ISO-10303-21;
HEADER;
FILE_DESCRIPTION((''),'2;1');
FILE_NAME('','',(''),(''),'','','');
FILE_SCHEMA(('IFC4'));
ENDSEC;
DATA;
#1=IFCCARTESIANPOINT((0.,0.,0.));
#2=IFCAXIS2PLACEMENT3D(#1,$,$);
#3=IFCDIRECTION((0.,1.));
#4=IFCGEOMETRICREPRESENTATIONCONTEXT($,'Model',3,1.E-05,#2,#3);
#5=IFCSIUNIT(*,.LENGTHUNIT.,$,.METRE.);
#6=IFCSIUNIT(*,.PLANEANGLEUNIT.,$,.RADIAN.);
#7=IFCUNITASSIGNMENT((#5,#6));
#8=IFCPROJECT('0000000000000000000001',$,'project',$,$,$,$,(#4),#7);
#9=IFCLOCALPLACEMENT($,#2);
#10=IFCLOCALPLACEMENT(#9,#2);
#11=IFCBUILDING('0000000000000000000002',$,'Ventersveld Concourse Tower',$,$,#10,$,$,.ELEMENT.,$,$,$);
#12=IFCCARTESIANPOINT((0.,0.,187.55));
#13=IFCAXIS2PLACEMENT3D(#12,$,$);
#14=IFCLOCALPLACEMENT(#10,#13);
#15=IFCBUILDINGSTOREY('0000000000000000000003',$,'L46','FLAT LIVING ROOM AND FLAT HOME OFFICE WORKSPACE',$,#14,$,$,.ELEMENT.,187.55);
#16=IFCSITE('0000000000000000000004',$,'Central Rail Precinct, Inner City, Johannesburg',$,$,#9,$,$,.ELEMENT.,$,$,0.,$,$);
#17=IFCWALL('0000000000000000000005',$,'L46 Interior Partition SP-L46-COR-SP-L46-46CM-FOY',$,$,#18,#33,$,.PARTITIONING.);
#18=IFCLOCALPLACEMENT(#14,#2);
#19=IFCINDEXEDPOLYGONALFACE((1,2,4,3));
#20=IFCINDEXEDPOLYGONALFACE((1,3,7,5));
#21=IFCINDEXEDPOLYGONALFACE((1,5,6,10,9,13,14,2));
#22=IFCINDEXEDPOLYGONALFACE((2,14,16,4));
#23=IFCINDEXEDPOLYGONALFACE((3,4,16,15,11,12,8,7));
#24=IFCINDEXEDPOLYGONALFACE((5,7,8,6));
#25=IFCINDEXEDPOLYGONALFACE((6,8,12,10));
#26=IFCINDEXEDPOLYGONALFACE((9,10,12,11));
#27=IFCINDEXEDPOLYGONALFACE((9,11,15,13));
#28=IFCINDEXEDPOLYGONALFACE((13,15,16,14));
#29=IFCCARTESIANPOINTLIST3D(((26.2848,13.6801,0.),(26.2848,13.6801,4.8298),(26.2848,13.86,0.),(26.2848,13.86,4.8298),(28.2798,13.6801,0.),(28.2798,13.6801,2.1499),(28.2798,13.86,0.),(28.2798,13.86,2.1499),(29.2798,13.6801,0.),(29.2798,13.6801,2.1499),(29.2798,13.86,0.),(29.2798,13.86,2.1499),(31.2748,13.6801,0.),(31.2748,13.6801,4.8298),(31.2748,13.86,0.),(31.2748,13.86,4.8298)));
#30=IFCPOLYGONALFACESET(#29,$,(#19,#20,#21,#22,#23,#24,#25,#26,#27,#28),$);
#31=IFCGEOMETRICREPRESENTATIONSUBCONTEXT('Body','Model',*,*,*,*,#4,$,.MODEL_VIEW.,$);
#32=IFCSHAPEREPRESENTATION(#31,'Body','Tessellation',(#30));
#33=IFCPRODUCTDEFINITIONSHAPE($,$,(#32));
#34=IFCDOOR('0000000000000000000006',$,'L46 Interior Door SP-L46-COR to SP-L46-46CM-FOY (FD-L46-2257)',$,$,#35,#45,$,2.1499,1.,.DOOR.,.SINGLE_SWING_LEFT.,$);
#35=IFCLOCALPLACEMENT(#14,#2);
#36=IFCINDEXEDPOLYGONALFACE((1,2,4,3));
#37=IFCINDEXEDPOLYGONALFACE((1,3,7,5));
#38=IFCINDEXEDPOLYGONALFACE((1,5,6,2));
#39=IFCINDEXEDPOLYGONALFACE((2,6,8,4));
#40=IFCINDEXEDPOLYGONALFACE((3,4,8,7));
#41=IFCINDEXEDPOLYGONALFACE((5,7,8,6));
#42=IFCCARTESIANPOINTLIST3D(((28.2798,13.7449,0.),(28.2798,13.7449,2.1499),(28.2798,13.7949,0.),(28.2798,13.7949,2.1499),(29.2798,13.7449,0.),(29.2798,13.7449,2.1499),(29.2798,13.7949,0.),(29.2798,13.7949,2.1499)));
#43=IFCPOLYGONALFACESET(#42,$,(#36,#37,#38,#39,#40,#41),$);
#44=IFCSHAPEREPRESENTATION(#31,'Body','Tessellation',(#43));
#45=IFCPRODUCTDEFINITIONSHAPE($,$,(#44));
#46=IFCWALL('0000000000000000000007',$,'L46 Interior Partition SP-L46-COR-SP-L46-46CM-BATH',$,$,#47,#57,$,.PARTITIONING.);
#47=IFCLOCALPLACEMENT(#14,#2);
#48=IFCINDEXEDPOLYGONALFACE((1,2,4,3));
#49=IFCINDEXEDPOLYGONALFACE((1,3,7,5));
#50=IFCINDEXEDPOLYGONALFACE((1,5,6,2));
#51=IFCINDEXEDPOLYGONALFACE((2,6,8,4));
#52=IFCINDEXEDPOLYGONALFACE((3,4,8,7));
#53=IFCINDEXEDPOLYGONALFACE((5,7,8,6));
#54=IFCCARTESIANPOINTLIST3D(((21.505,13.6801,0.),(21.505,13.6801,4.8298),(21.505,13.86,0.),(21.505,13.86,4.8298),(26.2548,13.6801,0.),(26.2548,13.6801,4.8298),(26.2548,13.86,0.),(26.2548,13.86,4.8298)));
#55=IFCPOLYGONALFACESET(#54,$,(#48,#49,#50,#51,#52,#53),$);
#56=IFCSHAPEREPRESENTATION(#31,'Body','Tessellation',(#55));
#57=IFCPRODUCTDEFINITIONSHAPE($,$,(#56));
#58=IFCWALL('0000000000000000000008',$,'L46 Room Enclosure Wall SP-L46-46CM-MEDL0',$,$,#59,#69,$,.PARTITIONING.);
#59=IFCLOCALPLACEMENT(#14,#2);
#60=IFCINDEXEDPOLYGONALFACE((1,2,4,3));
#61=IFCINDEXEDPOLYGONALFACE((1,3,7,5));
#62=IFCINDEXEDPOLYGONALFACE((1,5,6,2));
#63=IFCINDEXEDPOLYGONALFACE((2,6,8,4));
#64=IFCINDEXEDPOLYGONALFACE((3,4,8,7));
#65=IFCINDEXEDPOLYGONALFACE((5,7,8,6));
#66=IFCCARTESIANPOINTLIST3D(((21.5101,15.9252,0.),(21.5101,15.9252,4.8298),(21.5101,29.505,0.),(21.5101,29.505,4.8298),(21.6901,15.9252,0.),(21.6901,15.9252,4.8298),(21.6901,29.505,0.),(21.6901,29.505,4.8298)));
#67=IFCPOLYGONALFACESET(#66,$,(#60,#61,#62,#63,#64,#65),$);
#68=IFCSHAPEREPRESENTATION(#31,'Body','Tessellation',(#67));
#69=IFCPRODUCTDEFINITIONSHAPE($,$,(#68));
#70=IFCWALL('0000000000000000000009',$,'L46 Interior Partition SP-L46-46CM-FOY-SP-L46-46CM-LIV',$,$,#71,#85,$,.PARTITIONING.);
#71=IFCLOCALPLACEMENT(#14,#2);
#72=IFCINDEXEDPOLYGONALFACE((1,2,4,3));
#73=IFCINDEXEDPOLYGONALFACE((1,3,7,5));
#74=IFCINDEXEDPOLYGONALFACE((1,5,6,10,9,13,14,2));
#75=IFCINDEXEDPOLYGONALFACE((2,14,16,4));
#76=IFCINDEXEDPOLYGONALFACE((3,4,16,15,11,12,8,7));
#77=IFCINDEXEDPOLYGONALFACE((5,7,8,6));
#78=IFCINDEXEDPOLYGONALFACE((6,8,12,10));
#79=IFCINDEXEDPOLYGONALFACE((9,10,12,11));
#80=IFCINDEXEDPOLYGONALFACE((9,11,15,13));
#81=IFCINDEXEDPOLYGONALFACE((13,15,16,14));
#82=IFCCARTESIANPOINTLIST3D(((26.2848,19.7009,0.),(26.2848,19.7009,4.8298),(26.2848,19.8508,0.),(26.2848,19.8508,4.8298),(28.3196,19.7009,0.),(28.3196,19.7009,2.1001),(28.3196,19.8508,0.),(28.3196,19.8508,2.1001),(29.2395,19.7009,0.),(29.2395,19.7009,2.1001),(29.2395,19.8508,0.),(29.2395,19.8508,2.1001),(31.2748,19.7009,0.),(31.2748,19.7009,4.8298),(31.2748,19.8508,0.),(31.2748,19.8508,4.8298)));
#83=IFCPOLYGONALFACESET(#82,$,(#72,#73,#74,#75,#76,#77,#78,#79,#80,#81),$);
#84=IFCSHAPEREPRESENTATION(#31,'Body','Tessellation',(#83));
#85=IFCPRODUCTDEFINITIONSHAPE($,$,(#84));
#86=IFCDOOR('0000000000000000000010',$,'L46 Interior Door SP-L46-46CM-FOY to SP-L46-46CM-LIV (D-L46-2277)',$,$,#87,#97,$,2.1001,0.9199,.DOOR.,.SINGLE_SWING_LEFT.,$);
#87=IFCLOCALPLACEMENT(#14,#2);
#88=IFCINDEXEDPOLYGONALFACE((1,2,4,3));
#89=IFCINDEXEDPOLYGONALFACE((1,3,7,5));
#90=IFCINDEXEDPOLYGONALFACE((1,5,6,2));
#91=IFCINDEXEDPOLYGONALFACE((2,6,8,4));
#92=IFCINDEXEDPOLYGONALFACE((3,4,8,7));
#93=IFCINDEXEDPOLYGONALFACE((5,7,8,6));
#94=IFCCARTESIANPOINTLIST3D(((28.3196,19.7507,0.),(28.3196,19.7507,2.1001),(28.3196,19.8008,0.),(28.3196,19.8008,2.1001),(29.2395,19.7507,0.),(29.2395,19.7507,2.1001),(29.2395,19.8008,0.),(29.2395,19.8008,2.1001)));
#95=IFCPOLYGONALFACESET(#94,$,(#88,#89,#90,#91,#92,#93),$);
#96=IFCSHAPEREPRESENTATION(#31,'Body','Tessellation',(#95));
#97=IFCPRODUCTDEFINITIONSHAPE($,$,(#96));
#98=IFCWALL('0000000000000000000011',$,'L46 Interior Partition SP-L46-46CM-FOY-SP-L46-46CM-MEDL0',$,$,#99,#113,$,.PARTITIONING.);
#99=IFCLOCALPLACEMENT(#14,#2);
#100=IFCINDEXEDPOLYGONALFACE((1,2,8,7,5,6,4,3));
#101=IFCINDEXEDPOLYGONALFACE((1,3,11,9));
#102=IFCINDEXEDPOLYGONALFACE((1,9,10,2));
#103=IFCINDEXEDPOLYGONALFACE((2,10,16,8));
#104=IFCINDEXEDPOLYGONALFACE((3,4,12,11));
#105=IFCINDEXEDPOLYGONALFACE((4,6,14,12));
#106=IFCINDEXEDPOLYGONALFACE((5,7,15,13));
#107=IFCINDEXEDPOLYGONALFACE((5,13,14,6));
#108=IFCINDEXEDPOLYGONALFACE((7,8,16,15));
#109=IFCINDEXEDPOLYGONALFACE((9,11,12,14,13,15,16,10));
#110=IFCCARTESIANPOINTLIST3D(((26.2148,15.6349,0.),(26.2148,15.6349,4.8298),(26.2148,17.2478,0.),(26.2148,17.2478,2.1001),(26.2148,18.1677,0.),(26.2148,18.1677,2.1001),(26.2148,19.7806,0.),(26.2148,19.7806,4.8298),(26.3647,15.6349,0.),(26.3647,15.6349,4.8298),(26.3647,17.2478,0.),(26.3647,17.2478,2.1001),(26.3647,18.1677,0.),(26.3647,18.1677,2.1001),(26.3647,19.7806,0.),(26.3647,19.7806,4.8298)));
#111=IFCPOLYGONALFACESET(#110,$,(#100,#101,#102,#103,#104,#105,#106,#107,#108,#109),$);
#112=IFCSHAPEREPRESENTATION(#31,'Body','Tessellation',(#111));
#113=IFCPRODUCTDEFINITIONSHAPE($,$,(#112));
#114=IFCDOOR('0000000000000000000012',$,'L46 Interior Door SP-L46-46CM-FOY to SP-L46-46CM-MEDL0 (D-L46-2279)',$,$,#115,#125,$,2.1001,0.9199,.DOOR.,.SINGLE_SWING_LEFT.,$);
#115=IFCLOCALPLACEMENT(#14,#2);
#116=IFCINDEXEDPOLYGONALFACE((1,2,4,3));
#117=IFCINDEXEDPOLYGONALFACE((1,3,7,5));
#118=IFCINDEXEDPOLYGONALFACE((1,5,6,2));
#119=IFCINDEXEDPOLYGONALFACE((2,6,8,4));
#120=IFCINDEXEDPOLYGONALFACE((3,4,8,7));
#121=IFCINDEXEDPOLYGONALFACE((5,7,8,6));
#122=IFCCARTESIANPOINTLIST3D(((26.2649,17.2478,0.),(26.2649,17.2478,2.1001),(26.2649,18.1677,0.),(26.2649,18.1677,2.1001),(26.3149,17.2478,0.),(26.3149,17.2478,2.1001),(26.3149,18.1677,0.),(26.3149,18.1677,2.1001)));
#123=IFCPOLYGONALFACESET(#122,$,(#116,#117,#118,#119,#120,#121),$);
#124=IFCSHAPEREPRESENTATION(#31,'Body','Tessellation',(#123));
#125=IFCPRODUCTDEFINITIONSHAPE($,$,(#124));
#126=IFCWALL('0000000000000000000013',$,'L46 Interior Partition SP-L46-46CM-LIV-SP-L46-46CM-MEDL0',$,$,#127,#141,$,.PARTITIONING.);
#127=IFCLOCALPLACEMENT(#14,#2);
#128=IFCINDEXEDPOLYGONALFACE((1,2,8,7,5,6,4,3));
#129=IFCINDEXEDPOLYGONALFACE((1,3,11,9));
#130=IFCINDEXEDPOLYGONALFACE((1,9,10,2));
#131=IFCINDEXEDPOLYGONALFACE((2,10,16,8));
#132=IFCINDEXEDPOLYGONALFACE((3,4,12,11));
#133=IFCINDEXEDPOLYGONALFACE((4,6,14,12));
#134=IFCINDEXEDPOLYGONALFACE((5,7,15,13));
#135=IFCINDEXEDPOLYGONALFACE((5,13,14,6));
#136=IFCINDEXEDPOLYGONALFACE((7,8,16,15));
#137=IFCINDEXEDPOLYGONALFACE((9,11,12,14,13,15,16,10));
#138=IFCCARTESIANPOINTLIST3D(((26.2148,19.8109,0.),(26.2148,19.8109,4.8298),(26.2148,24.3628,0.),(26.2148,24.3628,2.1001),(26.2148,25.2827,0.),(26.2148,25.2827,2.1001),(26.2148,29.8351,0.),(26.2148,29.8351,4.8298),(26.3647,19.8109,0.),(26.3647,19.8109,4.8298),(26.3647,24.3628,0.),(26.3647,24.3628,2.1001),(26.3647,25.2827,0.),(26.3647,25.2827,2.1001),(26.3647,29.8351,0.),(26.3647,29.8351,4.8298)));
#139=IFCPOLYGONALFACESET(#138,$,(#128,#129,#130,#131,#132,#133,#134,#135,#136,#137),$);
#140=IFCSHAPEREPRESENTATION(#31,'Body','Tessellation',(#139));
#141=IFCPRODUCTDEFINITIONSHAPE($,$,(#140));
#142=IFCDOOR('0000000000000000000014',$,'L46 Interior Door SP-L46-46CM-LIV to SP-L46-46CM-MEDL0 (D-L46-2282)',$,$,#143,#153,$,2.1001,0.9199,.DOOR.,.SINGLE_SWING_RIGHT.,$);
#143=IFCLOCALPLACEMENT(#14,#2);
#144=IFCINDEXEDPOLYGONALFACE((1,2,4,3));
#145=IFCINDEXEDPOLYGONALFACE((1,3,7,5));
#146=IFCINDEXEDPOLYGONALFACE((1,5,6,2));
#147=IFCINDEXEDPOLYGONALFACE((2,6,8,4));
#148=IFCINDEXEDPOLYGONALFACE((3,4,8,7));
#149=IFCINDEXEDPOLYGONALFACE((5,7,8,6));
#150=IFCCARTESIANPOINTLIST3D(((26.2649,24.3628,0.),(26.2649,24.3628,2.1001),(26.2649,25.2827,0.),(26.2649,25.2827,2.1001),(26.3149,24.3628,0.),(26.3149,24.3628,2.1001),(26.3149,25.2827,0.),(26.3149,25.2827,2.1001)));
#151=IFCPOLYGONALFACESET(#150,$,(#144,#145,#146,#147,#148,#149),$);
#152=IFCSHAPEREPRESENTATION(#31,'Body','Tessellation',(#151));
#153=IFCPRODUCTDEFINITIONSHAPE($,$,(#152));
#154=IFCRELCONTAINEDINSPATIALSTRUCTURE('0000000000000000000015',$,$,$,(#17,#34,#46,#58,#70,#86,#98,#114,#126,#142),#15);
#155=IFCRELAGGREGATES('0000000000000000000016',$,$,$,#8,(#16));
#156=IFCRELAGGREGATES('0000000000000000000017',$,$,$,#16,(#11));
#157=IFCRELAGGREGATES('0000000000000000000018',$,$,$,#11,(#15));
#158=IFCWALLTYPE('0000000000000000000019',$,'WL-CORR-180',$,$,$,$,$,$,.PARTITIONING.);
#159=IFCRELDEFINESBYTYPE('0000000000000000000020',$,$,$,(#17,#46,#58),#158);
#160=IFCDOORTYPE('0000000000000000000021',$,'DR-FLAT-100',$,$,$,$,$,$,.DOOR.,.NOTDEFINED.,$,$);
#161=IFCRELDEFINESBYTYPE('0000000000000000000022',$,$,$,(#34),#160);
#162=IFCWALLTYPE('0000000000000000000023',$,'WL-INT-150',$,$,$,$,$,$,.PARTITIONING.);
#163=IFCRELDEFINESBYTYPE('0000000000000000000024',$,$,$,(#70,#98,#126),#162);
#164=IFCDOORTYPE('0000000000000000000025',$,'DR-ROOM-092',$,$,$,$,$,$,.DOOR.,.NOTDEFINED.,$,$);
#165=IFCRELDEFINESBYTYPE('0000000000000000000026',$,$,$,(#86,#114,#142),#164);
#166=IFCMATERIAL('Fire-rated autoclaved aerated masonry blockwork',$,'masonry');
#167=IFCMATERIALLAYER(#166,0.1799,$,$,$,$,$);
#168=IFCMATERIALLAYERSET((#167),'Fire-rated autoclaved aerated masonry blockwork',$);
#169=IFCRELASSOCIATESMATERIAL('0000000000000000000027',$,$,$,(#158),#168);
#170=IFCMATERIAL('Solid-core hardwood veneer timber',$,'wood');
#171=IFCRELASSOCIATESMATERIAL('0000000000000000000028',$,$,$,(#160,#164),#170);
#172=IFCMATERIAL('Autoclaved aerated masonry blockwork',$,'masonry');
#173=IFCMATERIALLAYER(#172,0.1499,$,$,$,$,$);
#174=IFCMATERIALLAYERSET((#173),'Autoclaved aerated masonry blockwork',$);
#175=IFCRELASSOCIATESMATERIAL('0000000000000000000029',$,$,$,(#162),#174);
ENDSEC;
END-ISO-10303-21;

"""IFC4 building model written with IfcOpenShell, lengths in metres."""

from ifc_helpers import new_model, si_unit, direction, frame, frame_2d, origin, place, context, subcontext, project, spatial, rectangle, extrude, material, layer, layer_set, type_object, element, fill, save


model = new_model("IFC4")

# Units and contexts
model_context = context("Model", 3, precision=1e-05, world=origin(), true_north=direction((0.0, 1.0)))
body_context = subcontext(model_context, "Body", "Model", "MODEL_VIEW")
ifc_project = project(units=[si_unit("LENGTHUNIT", "METRE"), si_unit("PLANEANGLEUNIT", "RADIAN")], contexts=[model_context])

# Site, building, storey
site_placement = place(None, origin())
site = spatial("IfcSite", under=ifc_project, at=site_placement, Name="Central Rail Precinct, Inner City, Johannesburg", CompositionType="ELEMENT", RefElevation=0.0)
building_placement = place(site_placement, origin())
building = spatial("IfcBuilding", under=site, at=building_placement, Name="Ventersveld Concourse Tower", CompositionType="ELEMENT")
storey_placement = place(building_placement, frame((0.0, 0.0, 187.55)))
storey = spatial("IfcBuildingStorey", under=building, at=storey_placement, Name="L46", Description="FLAT LIVING ROOM AND FLAT HOME OFFICE WORKSPACE", CompositionType="ELEMENT", Elevation=187.55)

# Shared definitions
ifc_material_1 = material(Name="Fire-rated autoclaved aerated masonry blockwork", Category="masonry")
ifc_layer_1 = layer(ifc_material_1, 0.1799)
ifc_layer_set_1 = layer_set([ifc_layer_1], Name="Fire-rated autoclaved aerated masonry blockwork")
wall_type_1 = type_object("IfcWallType", Name="WL-CORR-180", PredefinedType="PARTITIONING", material=ifc_layer_set_1)

# Wall, opening, door
wall_1_placement = place(storey_placement, frame((26.2847, 13.77, 0.0), z_axis=(0.0, 0.0, 1.0), x_axis=(1.0, 0.0, 0.0)))
wall_1 = element("IfcWall", 1, at=wall_1_placement, inside=storey, type_object=wall_type_1, Name="L46 Interior Partition SP-L46-COR-SP-L46-46CM-FOY", PredefinedType="PARTITIONING", context=body_context, shape_type="SweptSolid", body=[
    extrude(rectangle(XDim=4.99, YDim=0.1799, at=frame_2d((2.4951, 0.0))), origin(), (0.0, 0.0, 1.0), 4.8298),
])
opening_1_placement = place(wall_1_placement, frame((1.9951, 0.0, 0.0)))
opening_1 = element("IfcOpeningElement", 2, at=opening_1_placement, cuts=wall_1, PredefinedType="OPENING", context=body_context, shape_type="SweptSolid", body=[
    extrude(rectangle(XDim=1.0, YDim=2.1499, at=frame_2d((0.5, 1.075))), frame((0.0, 0.1001, 0.0), z_axis=(0.0, -1.0, 0.0), x_axis=(1.0, 0.0, 0.0)), (0.0, 0.0, 1.0), 0.2),
])
ifc_material_2 = material(Name="Solid-core hardwood veneer timber", Category="wood")
door_type_1 = type_object("IfcDoorType", Name="DR-FLAT-100", OperationType="NOTDEFINED", PredefinedType="DOOR", material=ifc_material_2)
door_1_placement = place(opening_1_placement, origin())
door_1 = element("IfcDoor", 3, at=door_1_placement, inside=storey, type_object=door_type_1, Name="L46 Interior Door SP-L46-COR to SP-L46-46CM-FOY (FD-L46-2257)", OperationType="SINGLE_SWING_LEFT", OverallHeight=2.1499, OverallWidth=1.0, PredefinedType="DOOR", context=body_context, shape_type="SweptSolid", body=[
    extrude(rectangle(XDim=1.0, YDim=2.1499, at=frame_2d((0.5, 1.075))), frame((0.0, 0.0249, 0.0), z_axis=(0.0, -1.0, 0.0), x_axis=(1.0, 0.0, 0.0)), (0.0, 0.0, 1.0), 0.05),
])
fill(opening_1, door_1)

# Walls
wall_2_placement = place(storey_placement, frame((21.5049, 13.77, 0.0), z_axis=(0.0, 0.0, 1.0), x_axis=(1.0, 0.0, 0.0)))
element("IfcWall", 4, at=wall_2_placement, inside=storey, type_object=wall_type_1, Name="L46 Interior Partition SP-L46-COR-SP-L46-46CM-BATH", PredefinedType="PARTITIONING", context=body_context, shape_type="SweptSolid", body=[
    extrude(rectangle(XDim=4.7498, YDim=0.1799, at=frame_2d((2.375, 0.0))), origin(), (0.0, 0.0, 1.0), 4.8298),
])
wall_3_placement = place(storey_placement, frame((21.6001, 15.925, 0.0), z_axis=(0.0, 0.0, 1.0), x_axis=(0.0, 1.0, 0.0)))
element("IfcWall", 5, at=wall_3_placement, inside=storey, type_object=wall_type_1, Name="L46 Room Enclosure Wall SP-L46-46CM-MEDL0", PredefinedType="PARTITIONING", context=body_context, shape_type="SweptSolid", body=[
    extrude(rectangle(XDim=13.5798, YDim=0.1799, at=frame_2d((6.79, 0.0))), origin(), (0.0, 0.0, 1.0), 4.8298),
])

# Walls, openings, doors
ifc_material_3 = material(Name="Autoclaved aerated masonry blockwork", Category="masonry")
ifc_layer_2 = layer(ifc_material_3, 0.1499)
ifc_layer_set_2 = layer_set([ifc_layer_2], Name="Autoclaved aerated masonry blockwork")
wall_type_2 = type_object("IfcWallType", Name="WL-INT-150", PredefinedType="PARTITIONING", material=ifc_layer_set_2)
wall_4_placement = place(storey_placement, frame((26.2847, 19.7759, 0.0), z_axis=(0.0, 0.0, 1.0), x_axis=(1.0, 0.0, 0.0)))
wall_4 = element("IfcWall", 6, at=wall_4_placement, inside=storey, type_object=wall_type_2, Name="L46 Interior Partition SP-L46-46CM-FOY-SP-L46-46CM-LIV", PredefinedType="PARTITIONING", context=body_context, shape_type="SweptSolid", body=[
    extrude(rectangle(XDim=4.99, YDim=0.1499, at=frame_2d((2.4951, 0.0))), origin(), (0.0, 0.0, 1.0), 4.8298),
])
opening_2_placement = place(wall_4_placement, frame((2.0349, 0.0, 0.0)))
opening_2 = element("IfcOpeningElement", 7, at=opening_2_placement, cuts=wall_4, PredefinedType="OPENING", context=body_context, shape_type="SweptSolid", body=[
    extrude(rectangle(XDim=0.9199, YDim=2.1001, at=frame_2d((0.46, 1.05))), frame((0.0, 0.085, 0.0), z_axis=(0.0, -1.0, 0.0), x_axis=(1.0, 0.0, 0.0)), (0.0, 0.0, 1.0), 0.1699),
])
door_type_2 = type_object("IfcDoorType", Name="DR-ROOM-092", OperationType="NOTDEFINED", PredefinedType="DOOR", material=ifc_material_2)
door_2_placement = place(opening_2_placement, origin())
door_2 = element("IfcDoor", 8, at=door_2_placement, inside=storey, type_object=door_type_2, Name="L46 Interior Door SP-L46-46CM-FOY to SP-L46-46CM-LIV (D-L46-2277)", OperationType="SINGLE_SWING_LEFT", OverallHeight=2.1001, OverallWidth=0.9199, PredefinedType="DOOR", context=body_context, shape_type="SweptSolid", body=[
    extrude(rectangle(XDim=0.9199, YDim=2.1001, at=frame_2d((0.46, 1.05))), frame((0.0, 0.0249, 0.0), z_axis=(0.0, -1.0, 0.0), x_axis=(1.0, 0.0, 0.0)), (0.0, 0.0, 1.0), 0.05),
])
fill(opening_2, door_2)
wall_5_placement = place(storey_placement, frame((26.2898, 15.635, 0.0), z_axis=(0.0, 0.0, 1.0), x_axis=(0.0, 1.0, 0.0)))
wall_5 = element("IfcWall", 9, at=wall_5_placement, inside=storey, type_object=wall_type_2, Name="L46 Interior Partition SP-L46-46CM-FOY-SP-L46-46CM-MEDL0", PredefinedType="PARTITIONING", context=body_context, shape_type="SweptSolid", body=[
    extrude(rectangle(XDim=4.1458, YDim=0.1499, at=frame_2d((2.0728, 0.0))), origin(), (0.0, 0.0, 1.0), 4.8298),
])
opening_3_placement = place(wall_5_placement, frame((1.6128, 0.0, 0.0)))
opening_3 = element("IfcOpeningElement", 10, at=opening_3_placement, cuts=wall_5, PredefinedType="OPENING", context=body_context, shape_type="SweptSolid", body=[
    extrude(rectangle(XDim=0.9199, YDim=2.1001, at=frame_2d((0.46, 1.05))), frame((0.0, 0.085, 0.0), z_axis=(0.0, -1.0, 0.0), x_axis=(1.0, 0.0, 0.0)), (0.0, 0.0, 1.0), 0.1699),
])
door_3_placement = place(opening_3_placement, origin())
door_3 = element("IfcDoor", 11, at=door_3_placement, inside=storey, type_object=door_type_2, Name="L46 Interior Door SP-L46-46CM-FOY to SP-L46-46CM-MEDL0 (D-L46-2279)", OperationType="SINGLE_SWING_LEFT", OverallHeight=2.1001, OverallWidth=0.9199, PredefinedType="DOOR", context=body_context, shape_type="SweptSolid", body=[
    extrude(rectangle(XDim=0.9199, YDim=2.1001, at=frame_2d((0.46, 1.05))), frame((0.0, 0.0249, 0.0), z_axis=(0.0, -1.0, 0.0), x_axis=(1.0, 0.0, 0.0)), (0.0, 0.0, 1.0), 0.05),
])
fill(opening_3, door_3)
wall_6_placement = place(storey_placement, frame((26.2898, 19.8108, 0.0), z_axis=(0.0, 0.0, 1.0), x_axis=(0.0, 1.0, 0.0)))
wall_6 = element("IfcWall", 12, at=wall_6_placement, inside=storey, type_object=wall_type_2, Name="L46 Interior Partition SP-L46-46CM-LIV-SP-L46-46CM-MEDL0", PredefinedType="PARTITIONING", context=body_context, shape_type="SweptSolid", body=[
    extrude(rectangle(XDim=10.0242, YDim=0.1499, at=frame_2d((5.0122, 0.0))), origin(), (0.0, 0.0, 1.0), 4.8298),
])
opening_4_placement = place(wall_6_placement, frame((4.552, 0.0, 0.0)))
opening_4 = element("IfcOpeningElement", 13, at=opening_4_placement, cuts=wall_6, PredefinedType="OPENING", context=body_context, shape_type="SweptSolid", body=[
    extrude(rectangle(XDim=0.9199, YDim=2.1001, at=frame_2d((0.46, 1.05))), frame((0.0, 0.085, 0.0), z_axis=(0.0, -1.0, 0.0), x_axis=(1.0, 0.0, 0.0)), (0.0, 0.0, 1.0), 0.1699),
])
door_4_placement = place(opening_4_placement, origin())
door_4 = element("IfcDoor", 14, at=door_4_placement, inside=storey, type_object=door_type_2, Name="L46 Interior Door SP-L46-46CM-LIV to SP-L46-46CM-MEDL0 (D-L46-2282)", OperationType="SINGLE_SWING_RIGHT", OverallHeight=2.1001, OverallWidth=0.9199, PredefinedType="DOOR", context=body_context, shape_type="SweptSolid", body=[
    extrude(rectangle(XDim=0.9199, YDim=2.1001, at=frame_2d((0.46, 1.05))), frame((0.0, 0.0249, 0.0), z_axis=(0.0, -1.0, 0.0), x_axis=(1.0, 0.0, 0.0)), (0.0, 0.0, 1.0), 0.05),
])
fill(opening_4, door_4)

save(model, "model.ifc")
